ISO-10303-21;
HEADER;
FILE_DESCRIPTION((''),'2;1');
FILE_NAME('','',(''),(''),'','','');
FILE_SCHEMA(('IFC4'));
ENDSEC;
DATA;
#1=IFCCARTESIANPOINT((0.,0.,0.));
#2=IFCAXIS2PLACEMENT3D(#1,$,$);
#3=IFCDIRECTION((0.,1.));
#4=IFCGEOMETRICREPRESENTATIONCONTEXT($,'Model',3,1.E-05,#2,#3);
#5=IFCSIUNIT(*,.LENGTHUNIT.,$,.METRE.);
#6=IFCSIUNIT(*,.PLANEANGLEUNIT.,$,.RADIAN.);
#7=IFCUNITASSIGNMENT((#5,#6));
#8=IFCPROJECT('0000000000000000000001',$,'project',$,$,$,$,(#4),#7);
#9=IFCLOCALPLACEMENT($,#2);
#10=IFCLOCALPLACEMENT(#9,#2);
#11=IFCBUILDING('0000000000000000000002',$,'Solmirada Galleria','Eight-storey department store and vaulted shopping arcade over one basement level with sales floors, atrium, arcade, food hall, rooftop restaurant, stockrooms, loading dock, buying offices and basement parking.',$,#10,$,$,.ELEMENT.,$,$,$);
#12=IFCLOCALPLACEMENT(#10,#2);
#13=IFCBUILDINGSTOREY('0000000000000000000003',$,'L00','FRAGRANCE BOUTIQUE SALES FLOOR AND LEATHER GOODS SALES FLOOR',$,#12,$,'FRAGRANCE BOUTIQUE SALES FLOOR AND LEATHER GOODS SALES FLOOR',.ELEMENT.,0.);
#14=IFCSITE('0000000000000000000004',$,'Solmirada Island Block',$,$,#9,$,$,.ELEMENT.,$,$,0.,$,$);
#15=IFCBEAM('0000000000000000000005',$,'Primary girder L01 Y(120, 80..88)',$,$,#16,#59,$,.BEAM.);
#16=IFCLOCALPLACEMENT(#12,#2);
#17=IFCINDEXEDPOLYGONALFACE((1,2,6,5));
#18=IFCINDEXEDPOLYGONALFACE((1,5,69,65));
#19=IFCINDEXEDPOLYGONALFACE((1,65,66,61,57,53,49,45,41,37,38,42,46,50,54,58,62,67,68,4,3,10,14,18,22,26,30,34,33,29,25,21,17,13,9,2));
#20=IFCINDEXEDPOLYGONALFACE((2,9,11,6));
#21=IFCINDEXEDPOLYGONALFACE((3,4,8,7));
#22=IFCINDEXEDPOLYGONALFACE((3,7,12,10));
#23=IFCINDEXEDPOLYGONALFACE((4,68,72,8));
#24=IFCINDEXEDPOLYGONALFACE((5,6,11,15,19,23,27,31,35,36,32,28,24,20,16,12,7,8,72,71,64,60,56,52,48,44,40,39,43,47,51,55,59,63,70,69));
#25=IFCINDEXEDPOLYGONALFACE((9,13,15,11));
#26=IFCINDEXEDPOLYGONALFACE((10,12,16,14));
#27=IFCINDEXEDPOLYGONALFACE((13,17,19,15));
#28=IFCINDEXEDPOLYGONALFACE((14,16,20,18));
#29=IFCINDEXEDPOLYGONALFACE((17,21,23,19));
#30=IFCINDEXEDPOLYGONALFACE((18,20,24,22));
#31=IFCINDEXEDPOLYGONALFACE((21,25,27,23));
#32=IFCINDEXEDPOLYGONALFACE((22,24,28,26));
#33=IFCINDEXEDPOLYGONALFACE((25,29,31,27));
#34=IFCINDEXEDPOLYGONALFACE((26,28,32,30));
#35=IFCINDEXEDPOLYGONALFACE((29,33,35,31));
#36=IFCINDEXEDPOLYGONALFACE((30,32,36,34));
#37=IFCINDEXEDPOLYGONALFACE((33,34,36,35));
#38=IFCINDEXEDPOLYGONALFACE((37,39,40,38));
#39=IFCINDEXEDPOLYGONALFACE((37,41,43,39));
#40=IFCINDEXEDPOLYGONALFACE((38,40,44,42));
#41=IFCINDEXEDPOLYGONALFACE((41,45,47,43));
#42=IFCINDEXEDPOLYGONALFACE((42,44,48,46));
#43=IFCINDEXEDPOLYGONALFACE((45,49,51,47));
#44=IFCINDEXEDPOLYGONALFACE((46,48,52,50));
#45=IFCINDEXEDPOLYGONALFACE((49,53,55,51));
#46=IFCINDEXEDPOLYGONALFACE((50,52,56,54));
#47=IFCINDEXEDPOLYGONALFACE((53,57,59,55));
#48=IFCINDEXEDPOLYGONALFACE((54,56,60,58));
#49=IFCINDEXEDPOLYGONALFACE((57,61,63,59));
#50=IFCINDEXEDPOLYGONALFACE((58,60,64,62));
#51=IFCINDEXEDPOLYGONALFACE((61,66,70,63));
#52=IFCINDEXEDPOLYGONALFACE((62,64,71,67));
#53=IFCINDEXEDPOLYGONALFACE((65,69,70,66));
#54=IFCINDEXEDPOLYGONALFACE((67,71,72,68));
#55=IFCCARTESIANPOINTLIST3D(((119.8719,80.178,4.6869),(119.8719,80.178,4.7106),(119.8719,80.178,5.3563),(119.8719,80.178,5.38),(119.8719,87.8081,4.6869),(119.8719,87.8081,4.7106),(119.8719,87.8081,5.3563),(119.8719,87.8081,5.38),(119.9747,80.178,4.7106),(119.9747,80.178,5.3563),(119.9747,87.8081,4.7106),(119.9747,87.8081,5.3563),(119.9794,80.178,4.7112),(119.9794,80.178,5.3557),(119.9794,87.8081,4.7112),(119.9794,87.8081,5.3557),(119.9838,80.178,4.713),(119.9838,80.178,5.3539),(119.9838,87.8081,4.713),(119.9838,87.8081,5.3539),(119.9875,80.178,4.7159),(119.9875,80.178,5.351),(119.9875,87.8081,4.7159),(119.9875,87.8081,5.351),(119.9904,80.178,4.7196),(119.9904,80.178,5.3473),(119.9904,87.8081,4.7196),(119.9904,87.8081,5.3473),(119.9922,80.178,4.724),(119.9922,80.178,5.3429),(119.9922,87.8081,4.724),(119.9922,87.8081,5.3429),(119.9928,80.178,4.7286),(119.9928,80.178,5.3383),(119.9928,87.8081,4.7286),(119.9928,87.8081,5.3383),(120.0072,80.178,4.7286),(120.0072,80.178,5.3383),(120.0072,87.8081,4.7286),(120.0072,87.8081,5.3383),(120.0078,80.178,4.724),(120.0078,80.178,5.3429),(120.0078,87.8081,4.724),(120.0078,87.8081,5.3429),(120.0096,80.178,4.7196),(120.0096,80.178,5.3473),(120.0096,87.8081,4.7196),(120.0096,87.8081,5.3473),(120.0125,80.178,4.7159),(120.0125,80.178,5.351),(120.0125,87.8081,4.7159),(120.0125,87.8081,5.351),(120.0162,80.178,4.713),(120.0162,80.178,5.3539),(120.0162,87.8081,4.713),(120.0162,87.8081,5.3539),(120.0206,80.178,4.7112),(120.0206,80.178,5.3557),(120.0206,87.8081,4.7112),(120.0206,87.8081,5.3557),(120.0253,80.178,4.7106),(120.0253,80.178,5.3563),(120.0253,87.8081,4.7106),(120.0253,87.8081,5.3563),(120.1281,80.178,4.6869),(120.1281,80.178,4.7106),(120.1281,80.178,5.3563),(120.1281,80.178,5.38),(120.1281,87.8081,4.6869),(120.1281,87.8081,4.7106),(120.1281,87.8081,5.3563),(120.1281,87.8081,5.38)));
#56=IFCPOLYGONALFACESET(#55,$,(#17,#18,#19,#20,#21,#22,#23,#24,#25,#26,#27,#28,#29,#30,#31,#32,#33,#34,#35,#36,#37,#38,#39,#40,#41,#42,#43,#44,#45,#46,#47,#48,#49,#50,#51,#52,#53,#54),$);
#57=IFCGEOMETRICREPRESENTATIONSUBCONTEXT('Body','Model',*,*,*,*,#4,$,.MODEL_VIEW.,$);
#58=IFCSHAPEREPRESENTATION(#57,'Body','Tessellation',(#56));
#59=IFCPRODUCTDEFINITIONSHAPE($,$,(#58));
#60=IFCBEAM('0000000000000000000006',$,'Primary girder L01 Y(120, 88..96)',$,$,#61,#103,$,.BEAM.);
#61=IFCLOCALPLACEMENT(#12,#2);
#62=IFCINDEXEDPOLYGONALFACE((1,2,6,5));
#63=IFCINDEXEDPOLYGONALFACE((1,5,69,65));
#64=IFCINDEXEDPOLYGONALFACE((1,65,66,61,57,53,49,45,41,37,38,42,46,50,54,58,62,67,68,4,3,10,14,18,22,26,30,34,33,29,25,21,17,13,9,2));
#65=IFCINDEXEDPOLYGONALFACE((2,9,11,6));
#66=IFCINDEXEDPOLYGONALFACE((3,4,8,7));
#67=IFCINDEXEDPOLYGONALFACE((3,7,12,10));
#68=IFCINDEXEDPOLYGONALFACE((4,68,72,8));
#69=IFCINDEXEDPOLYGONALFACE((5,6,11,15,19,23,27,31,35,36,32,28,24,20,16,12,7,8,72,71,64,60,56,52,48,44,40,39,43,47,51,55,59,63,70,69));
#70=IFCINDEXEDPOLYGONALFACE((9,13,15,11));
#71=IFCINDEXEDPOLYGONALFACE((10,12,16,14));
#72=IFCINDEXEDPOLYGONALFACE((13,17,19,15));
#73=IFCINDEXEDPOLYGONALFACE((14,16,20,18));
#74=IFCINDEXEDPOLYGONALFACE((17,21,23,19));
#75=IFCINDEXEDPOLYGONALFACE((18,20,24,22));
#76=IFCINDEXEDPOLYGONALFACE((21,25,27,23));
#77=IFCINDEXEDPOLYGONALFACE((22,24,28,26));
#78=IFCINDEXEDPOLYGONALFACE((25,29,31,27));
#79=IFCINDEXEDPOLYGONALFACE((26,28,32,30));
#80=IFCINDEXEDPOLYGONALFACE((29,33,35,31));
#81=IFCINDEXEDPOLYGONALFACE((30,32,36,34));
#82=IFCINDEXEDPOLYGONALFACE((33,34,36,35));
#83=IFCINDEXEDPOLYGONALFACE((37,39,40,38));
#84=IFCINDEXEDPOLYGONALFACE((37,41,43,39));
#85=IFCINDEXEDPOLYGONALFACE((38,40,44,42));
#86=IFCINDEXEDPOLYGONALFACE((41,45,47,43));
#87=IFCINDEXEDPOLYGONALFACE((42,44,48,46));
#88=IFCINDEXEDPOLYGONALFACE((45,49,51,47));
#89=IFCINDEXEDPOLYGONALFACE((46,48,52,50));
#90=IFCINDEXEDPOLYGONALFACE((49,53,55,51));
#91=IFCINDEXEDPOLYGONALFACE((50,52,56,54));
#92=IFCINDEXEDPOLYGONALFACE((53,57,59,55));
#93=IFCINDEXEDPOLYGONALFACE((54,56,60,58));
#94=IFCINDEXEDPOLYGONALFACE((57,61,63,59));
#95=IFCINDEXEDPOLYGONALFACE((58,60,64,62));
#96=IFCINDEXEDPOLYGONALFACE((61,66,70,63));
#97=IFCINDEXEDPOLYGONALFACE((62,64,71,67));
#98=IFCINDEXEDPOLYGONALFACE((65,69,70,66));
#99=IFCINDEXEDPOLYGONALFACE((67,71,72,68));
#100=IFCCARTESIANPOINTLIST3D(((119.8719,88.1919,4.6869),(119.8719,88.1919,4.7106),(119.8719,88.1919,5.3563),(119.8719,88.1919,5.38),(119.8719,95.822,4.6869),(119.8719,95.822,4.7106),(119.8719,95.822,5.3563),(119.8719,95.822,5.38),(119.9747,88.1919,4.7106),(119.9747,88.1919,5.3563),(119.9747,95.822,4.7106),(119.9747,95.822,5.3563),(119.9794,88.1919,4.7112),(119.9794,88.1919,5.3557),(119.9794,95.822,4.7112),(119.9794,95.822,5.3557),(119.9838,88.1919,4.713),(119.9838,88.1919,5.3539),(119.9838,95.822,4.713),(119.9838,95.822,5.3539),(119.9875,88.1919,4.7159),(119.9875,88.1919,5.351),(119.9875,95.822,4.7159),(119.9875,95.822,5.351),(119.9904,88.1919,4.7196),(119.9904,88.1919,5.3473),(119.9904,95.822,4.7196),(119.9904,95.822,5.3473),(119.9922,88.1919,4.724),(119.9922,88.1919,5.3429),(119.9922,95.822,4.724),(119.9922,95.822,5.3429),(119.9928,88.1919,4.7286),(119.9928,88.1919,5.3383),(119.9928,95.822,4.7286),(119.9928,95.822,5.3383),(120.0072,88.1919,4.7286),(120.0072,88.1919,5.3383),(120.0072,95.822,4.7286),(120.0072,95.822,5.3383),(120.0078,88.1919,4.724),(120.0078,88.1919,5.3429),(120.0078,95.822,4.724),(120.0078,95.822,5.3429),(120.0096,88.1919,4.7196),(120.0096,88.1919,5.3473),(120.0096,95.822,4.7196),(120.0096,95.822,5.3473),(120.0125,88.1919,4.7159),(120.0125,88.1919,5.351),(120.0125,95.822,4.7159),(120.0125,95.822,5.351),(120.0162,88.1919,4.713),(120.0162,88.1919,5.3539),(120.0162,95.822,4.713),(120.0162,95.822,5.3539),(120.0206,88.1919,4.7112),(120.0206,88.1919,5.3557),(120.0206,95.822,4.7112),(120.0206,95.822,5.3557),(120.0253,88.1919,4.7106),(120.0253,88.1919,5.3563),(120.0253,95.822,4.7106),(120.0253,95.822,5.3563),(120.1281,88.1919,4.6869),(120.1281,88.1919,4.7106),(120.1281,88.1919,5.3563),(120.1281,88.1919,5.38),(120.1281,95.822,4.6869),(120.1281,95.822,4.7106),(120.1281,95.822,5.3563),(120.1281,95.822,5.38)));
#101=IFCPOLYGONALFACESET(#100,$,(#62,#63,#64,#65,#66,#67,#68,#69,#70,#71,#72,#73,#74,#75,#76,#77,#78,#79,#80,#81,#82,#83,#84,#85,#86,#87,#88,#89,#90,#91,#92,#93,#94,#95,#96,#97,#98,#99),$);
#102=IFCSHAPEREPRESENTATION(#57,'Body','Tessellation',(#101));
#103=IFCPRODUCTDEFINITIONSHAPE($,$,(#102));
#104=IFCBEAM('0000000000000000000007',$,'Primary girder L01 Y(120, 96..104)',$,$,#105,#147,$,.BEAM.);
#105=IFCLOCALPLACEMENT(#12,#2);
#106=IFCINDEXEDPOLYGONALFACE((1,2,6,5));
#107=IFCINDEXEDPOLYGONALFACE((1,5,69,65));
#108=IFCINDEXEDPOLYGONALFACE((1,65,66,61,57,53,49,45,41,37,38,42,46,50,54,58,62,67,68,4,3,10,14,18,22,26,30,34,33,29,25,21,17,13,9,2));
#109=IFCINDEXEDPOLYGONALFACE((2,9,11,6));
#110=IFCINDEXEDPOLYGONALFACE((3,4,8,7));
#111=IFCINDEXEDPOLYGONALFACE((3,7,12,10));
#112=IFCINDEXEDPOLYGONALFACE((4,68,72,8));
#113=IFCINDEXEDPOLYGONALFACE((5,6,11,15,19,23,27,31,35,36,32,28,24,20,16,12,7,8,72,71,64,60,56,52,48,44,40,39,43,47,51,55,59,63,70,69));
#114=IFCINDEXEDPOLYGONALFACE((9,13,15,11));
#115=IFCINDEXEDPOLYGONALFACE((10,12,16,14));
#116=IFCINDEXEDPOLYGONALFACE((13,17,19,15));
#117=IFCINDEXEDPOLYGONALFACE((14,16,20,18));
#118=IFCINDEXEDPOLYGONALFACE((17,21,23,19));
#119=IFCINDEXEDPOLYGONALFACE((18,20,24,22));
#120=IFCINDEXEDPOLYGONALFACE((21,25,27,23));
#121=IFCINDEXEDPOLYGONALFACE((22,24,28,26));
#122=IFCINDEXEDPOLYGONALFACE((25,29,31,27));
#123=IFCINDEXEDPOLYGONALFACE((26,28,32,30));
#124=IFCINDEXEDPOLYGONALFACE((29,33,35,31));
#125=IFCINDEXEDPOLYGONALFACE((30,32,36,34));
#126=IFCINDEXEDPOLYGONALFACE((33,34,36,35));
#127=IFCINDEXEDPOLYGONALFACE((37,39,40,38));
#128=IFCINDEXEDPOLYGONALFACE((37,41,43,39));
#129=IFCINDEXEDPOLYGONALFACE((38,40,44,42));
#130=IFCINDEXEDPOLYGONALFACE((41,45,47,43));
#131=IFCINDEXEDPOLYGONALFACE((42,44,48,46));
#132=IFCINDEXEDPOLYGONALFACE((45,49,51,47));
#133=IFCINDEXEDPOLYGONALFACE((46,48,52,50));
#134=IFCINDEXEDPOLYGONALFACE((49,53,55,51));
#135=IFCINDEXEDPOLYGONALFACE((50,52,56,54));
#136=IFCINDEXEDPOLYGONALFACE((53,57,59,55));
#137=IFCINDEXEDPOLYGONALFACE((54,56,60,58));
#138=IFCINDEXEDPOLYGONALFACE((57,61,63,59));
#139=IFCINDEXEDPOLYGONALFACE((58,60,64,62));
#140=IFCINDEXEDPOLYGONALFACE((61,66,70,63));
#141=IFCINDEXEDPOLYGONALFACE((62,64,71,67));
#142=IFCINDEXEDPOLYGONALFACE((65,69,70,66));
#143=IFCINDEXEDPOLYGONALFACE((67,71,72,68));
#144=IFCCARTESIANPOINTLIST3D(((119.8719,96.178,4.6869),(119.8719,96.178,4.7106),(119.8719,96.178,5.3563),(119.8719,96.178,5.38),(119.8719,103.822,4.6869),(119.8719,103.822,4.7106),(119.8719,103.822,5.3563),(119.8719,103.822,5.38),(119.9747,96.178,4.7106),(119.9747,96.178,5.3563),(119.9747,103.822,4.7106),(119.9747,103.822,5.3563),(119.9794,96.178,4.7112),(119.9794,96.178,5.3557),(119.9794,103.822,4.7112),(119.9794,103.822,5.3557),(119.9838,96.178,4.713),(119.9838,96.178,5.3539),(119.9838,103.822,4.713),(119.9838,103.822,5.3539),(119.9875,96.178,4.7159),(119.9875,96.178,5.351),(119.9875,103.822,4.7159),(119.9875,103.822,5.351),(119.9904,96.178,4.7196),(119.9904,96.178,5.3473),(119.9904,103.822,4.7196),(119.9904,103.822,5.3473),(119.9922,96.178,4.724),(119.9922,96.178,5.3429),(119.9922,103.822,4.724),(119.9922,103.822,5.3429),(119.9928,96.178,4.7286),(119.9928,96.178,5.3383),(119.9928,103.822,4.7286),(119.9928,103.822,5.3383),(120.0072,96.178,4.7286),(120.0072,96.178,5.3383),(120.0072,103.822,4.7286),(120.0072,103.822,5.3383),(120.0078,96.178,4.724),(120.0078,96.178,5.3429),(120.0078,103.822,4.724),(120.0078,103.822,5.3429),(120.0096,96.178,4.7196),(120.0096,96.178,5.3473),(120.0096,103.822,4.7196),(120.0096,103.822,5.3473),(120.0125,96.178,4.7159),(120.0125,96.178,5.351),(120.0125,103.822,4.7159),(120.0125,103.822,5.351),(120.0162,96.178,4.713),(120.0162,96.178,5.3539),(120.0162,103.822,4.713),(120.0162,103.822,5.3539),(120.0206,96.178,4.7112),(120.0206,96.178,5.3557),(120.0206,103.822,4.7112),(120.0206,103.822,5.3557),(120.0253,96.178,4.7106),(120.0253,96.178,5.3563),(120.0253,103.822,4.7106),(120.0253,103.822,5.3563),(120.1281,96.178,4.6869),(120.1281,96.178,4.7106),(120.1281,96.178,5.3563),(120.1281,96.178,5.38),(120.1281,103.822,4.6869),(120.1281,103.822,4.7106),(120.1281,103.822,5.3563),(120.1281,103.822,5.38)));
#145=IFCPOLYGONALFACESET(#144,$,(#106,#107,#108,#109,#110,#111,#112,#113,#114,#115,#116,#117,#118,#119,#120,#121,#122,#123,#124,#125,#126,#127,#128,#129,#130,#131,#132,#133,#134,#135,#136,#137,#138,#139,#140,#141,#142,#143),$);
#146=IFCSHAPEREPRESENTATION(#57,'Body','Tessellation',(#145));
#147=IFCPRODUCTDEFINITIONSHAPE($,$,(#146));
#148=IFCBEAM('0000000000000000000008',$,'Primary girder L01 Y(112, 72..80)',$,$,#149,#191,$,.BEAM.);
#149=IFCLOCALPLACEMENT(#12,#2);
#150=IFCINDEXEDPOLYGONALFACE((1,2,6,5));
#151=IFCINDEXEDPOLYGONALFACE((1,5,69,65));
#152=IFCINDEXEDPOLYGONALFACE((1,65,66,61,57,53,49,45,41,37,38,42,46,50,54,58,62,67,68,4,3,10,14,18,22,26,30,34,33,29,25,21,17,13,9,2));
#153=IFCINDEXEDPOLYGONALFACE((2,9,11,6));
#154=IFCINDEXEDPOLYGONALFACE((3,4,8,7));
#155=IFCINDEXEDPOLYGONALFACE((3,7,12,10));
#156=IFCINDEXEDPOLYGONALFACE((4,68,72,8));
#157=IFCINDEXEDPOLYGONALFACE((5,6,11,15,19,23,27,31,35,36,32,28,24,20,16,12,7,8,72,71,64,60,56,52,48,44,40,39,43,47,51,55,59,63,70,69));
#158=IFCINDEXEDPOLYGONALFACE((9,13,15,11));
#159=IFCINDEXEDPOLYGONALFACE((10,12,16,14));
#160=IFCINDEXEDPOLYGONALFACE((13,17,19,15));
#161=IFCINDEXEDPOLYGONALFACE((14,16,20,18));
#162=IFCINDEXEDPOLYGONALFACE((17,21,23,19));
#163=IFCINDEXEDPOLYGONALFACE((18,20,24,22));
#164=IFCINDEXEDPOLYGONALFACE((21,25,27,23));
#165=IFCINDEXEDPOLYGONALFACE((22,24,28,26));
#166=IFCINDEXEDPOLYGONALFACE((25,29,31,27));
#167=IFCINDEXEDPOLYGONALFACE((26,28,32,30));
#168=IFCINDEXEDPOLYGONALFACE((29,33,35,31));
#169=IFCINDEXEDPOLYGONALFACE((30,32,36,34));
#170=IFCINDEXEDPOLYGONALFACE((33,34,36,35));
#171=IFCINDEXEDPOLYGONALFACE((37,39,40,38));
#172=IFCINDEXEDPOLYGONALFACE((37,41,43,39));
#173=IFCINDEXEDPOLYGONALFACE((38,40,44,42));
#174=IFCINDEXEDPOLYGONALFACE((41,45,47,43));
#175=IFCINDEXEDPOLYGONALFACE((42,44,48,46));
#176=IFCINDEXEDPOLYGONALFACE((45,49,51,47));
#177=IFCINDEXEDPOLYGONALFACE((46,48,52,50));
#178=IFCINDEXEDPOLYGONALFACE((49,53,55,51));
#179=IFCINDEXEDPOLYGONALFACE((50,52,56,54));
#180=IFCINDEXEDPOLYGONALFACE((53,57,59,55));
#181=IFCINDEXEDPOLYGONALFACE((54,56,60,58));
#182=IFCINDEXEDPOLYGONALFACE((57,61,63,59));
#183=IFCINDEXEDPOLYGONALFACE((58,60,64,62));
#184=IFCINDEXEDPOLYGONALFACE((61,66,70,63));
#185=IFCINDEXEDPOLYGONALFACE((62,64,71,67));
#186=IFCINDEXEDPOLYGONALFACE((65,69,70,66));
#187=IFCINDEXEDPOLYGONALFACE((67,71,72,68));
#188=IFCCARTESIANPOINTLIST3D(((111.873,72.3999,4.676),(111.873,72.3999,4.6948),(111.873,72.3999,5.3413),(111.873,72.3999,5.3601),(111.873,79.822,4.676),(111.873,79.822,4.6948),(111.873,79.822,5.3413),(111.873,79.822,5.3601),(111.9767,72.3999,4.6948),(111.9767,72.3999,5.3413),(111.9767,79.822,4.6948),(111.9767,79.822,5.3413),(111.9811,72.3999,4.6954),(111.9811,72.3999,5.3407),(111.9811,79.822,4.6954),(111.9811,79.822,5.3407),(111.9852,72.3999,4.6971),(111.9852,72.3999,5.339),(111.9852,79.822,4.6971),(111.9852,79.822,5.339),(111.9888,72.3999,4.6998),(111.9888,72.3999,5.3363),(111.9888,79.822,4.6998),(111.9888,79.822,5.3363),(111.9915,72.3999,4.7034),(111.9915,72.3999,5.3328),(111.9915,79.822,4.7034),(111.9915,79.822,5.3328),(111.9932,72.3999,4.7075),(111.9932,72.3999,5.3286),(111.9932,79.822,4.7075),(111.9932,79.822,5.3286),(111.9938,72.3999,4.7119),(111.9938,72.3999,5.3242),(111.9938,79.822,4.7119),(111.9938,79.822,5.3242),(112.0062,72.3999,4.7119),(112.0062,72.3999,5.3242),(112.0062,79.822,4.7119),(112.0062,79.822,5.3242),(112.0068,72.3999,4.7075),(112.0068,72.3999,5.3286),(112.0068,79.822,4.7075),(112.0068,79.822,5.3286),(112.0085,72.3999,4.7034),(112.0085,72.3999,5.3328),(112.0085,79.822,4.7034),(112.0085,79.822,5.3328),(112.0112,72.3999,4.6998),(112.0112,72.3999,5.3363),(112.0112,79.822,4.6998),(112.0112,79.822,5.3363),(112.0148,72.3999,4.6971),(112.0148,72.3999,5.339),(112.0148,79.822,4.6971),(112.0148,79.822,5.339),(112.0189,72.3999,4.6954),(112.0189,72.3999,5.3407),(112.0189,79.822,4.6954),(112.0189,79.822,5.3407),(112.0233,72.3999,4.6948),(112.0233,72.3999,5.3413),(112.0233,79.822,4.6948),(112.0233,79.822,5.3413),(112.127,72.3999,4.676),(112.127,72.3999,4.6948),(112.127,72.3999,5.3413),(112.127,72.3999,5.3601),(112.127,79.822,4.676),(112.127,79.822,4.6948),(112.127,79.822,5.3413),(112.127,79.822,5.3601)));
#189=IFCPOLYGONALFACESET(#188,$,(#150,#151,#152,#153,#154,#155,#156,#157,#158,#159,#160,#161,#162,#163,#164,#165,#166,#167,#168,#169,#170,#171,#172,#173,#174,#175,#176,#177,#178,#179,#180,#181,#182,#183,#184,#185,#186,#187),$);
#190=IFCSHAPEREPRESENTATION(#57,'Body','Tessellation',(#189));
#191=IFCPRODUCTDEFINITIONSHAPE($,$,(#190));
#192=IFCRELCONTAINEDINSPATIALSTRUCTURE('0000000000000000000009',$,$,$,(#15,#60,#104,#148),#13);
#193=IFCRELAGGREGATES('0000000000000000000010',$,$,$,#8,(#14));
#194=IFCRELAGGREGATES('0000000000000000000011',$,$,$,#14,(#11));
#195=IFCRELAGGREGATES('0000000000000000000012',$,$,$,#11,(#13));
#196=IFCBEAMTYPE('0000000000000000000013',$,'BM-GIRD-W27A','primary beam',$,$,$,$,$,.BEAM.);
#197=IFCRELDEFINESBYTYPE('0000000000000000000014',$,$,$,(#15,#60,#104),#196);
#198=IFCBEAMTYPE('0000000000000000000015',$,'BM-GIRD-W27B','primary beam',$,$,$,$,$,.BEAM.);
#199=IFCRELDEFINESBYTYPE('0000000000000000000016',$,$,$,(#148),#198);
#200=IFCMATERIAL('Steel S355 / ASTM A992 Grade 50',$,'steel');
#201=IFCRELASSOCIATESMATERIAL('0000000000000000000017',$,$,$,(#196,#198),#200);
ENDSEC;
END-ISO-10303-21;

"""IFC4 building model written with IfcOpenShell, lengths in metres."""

from ifc_helpers import new_model, si_unit, direction, frame, origin, origin_2d, place, context, subcontext, project, spatial, i_section, extrude, material, material_profile, profile_set, type_object, element, save


model = new_model("IFC4")

# Units and contexts
model_context = context("Model", 3, precision=1e-05, world=origin(), true_north=direction((0.0, 1.0)))
body_context = subcontext(model_context, "Body", "Model", "MODEL_VIEW")
ifc_project = project(units=[si_unit("LENGTHUNIT", "METRE"), si_unit("PLANEANGLEUNIT", "RADIAN")], contexts=[model_context])

# Site, building, storey
site_placement = place(None, origin())
site = spatial("IfcSite", under=ifc_project, at=site_placement, Name="Solmirada Island Block", CompositionType="ELEMENT", RefElevation=0.0)
building_placement = place(site_placement, origin())
building = spatial("IfcBuilding", under=site, at=building_placement, Name="Solmirada Galleria", Description="Eight-storey department store and vaulted shopping arcade over one basement level with sales floors, atrium, arcade, food hall, rooftop restaurant, stockrooms, loading dock, buying offices and basement parking.", CompositionType="ELEMENT")
storey_placement = place(building_placement, origin())
storey = spatial("IfcBuildingStorey", under=building, at=storey_placement, Name="L00", Description="FRAGRANCE BOUTIQUE SALES FLOOR AND LEATHER GOODS SALES FLOOR", LongName="FRAGRANCE BOUTIQUE SALES FLOOR AND LEATHER GOODS SALES FLOOR", CompositionType="ELEMENT", Elevation=0.0)

# Beams
ifc_material_1 = material(Name="Steel S355 / ASTM A992 Grade 50", Category="steel")
ifc_material_profile_1 = material_profile(ifc_material_1, i_section(OverallWidth=0.2561, OverallDepth=0.6931, WebThickness=0.0144, FlangeThickness=0.0237, FilletRadius=0.0181, at=origin_2d()), Name="W27X114")
ifc_profile_set_1 = profile_set([ifc_material_profile_1], Name="Steel S355 / ASTM A992 Grade 50")
beam_type_1 = type_object("IfcBeamType", Name="BM-GIRD-W27A", Description="primary beam", PredefinedType="BEAM", material=ifc_profile_set_1)
for number, where, z_axis, x_axis, name in (
    (1, (120.0, 80.178, 5.0334), (0.0, 1.0, 0.0), (-1.0, 0.0, 0.0), "Primary girder L01 Y(120, 80..88)"),
    (2, (120.0, 88.1919, 5.0334), (0.0, 1.0, 0.0), (-1.0, 0.0, 0.0), "Primary girder L01 Y(120, 88..96)"),
):
    element("IfcBeam", number, at=place(storey_placement, frame(where, z_axis=z_axis, x_axis=x_axis)), inside=storey, type_object=beam_type_1, Name=name, PredefinedType="BEAM", context=body_context, shape_type="SweptSolid", body=[
        extrude(i_section(OverallWidth=0.2561, OverallDepth=0.6931, WebThickness=0.0144, FlangeThickness=0.0237, FilletRadius=0.0181, at=origin_2d()), origin(), (0.0, 0.0, 1.0), 7.6301),
    ])
beam_1_placement = place(storey_placement, frame((120.0, 96.178, 5.0334), z_axis=(0.0, 1.0, 0.0), x_axis=(-1.0, 0.0, 0.0)))
element("IfcBeam", 3, at=beam_1_placement, inside=storey, type_object=beam_type_1, Name="Primary girder L01 Y(120, 96..104)", PredefinedType="BEAM", context=body_context, shape_type="SweptSolid", body=[
    extrude(i_section(OverallWidth=0.2561, OverallDepth=0.6931, WebThickness=0.0144, FlangeThickness=0.0237, FilletRadius=0.0181, at=origin_2d()), origin(), (0.0, 0.0, 1.0), 7.644),
])
ifc_material_profile_2 = material_profile(ifc_material_1, i_section(OverallWidth=0.2539, OverallDepth=0.6841, WebThickness=0.0125, FlangeThickness=0.0188, FilletRadius=0.0171, at=origin_2d()), Name="W27X94")
ifc_profile_set_2 = profile_set([ifc_material_profile_2], Name="Steel S355 / ASTM A992 Grade 50")
beam_type_2 = type_object("IfcBeamType", Name="BM-GIRD-W27B", Description="primary beam", PredefinedType="BEAM", material=ifc_profile_set_2)
beam_2_placement = place(storey_placement, frame((112.0, 72.3999, 5.0181), z_axis=(0.0, 1.0, 0.0), x_axis=(-1.0, 0.0, 0.0)))
element("IfcBeam", 4, at=beam_2_placement, inside=storey, type_object=beam_type_2, Name="Primary girder L01 Y(112, 72..80)", PredefinedType="BEAM", context=body_context, shape_type="SweptSolid", body=[
    extrude(i_section(OverallWidth=0.2539, OverallDepth=0.6841, WebThickness=0.0125, FlangeThickness=0.0188, FilletRadius=0.0171, at=origin_2d()), origin(), (0.0, 0.0, 1.0), 7.4221),
])

save(model, "model.ifc")
